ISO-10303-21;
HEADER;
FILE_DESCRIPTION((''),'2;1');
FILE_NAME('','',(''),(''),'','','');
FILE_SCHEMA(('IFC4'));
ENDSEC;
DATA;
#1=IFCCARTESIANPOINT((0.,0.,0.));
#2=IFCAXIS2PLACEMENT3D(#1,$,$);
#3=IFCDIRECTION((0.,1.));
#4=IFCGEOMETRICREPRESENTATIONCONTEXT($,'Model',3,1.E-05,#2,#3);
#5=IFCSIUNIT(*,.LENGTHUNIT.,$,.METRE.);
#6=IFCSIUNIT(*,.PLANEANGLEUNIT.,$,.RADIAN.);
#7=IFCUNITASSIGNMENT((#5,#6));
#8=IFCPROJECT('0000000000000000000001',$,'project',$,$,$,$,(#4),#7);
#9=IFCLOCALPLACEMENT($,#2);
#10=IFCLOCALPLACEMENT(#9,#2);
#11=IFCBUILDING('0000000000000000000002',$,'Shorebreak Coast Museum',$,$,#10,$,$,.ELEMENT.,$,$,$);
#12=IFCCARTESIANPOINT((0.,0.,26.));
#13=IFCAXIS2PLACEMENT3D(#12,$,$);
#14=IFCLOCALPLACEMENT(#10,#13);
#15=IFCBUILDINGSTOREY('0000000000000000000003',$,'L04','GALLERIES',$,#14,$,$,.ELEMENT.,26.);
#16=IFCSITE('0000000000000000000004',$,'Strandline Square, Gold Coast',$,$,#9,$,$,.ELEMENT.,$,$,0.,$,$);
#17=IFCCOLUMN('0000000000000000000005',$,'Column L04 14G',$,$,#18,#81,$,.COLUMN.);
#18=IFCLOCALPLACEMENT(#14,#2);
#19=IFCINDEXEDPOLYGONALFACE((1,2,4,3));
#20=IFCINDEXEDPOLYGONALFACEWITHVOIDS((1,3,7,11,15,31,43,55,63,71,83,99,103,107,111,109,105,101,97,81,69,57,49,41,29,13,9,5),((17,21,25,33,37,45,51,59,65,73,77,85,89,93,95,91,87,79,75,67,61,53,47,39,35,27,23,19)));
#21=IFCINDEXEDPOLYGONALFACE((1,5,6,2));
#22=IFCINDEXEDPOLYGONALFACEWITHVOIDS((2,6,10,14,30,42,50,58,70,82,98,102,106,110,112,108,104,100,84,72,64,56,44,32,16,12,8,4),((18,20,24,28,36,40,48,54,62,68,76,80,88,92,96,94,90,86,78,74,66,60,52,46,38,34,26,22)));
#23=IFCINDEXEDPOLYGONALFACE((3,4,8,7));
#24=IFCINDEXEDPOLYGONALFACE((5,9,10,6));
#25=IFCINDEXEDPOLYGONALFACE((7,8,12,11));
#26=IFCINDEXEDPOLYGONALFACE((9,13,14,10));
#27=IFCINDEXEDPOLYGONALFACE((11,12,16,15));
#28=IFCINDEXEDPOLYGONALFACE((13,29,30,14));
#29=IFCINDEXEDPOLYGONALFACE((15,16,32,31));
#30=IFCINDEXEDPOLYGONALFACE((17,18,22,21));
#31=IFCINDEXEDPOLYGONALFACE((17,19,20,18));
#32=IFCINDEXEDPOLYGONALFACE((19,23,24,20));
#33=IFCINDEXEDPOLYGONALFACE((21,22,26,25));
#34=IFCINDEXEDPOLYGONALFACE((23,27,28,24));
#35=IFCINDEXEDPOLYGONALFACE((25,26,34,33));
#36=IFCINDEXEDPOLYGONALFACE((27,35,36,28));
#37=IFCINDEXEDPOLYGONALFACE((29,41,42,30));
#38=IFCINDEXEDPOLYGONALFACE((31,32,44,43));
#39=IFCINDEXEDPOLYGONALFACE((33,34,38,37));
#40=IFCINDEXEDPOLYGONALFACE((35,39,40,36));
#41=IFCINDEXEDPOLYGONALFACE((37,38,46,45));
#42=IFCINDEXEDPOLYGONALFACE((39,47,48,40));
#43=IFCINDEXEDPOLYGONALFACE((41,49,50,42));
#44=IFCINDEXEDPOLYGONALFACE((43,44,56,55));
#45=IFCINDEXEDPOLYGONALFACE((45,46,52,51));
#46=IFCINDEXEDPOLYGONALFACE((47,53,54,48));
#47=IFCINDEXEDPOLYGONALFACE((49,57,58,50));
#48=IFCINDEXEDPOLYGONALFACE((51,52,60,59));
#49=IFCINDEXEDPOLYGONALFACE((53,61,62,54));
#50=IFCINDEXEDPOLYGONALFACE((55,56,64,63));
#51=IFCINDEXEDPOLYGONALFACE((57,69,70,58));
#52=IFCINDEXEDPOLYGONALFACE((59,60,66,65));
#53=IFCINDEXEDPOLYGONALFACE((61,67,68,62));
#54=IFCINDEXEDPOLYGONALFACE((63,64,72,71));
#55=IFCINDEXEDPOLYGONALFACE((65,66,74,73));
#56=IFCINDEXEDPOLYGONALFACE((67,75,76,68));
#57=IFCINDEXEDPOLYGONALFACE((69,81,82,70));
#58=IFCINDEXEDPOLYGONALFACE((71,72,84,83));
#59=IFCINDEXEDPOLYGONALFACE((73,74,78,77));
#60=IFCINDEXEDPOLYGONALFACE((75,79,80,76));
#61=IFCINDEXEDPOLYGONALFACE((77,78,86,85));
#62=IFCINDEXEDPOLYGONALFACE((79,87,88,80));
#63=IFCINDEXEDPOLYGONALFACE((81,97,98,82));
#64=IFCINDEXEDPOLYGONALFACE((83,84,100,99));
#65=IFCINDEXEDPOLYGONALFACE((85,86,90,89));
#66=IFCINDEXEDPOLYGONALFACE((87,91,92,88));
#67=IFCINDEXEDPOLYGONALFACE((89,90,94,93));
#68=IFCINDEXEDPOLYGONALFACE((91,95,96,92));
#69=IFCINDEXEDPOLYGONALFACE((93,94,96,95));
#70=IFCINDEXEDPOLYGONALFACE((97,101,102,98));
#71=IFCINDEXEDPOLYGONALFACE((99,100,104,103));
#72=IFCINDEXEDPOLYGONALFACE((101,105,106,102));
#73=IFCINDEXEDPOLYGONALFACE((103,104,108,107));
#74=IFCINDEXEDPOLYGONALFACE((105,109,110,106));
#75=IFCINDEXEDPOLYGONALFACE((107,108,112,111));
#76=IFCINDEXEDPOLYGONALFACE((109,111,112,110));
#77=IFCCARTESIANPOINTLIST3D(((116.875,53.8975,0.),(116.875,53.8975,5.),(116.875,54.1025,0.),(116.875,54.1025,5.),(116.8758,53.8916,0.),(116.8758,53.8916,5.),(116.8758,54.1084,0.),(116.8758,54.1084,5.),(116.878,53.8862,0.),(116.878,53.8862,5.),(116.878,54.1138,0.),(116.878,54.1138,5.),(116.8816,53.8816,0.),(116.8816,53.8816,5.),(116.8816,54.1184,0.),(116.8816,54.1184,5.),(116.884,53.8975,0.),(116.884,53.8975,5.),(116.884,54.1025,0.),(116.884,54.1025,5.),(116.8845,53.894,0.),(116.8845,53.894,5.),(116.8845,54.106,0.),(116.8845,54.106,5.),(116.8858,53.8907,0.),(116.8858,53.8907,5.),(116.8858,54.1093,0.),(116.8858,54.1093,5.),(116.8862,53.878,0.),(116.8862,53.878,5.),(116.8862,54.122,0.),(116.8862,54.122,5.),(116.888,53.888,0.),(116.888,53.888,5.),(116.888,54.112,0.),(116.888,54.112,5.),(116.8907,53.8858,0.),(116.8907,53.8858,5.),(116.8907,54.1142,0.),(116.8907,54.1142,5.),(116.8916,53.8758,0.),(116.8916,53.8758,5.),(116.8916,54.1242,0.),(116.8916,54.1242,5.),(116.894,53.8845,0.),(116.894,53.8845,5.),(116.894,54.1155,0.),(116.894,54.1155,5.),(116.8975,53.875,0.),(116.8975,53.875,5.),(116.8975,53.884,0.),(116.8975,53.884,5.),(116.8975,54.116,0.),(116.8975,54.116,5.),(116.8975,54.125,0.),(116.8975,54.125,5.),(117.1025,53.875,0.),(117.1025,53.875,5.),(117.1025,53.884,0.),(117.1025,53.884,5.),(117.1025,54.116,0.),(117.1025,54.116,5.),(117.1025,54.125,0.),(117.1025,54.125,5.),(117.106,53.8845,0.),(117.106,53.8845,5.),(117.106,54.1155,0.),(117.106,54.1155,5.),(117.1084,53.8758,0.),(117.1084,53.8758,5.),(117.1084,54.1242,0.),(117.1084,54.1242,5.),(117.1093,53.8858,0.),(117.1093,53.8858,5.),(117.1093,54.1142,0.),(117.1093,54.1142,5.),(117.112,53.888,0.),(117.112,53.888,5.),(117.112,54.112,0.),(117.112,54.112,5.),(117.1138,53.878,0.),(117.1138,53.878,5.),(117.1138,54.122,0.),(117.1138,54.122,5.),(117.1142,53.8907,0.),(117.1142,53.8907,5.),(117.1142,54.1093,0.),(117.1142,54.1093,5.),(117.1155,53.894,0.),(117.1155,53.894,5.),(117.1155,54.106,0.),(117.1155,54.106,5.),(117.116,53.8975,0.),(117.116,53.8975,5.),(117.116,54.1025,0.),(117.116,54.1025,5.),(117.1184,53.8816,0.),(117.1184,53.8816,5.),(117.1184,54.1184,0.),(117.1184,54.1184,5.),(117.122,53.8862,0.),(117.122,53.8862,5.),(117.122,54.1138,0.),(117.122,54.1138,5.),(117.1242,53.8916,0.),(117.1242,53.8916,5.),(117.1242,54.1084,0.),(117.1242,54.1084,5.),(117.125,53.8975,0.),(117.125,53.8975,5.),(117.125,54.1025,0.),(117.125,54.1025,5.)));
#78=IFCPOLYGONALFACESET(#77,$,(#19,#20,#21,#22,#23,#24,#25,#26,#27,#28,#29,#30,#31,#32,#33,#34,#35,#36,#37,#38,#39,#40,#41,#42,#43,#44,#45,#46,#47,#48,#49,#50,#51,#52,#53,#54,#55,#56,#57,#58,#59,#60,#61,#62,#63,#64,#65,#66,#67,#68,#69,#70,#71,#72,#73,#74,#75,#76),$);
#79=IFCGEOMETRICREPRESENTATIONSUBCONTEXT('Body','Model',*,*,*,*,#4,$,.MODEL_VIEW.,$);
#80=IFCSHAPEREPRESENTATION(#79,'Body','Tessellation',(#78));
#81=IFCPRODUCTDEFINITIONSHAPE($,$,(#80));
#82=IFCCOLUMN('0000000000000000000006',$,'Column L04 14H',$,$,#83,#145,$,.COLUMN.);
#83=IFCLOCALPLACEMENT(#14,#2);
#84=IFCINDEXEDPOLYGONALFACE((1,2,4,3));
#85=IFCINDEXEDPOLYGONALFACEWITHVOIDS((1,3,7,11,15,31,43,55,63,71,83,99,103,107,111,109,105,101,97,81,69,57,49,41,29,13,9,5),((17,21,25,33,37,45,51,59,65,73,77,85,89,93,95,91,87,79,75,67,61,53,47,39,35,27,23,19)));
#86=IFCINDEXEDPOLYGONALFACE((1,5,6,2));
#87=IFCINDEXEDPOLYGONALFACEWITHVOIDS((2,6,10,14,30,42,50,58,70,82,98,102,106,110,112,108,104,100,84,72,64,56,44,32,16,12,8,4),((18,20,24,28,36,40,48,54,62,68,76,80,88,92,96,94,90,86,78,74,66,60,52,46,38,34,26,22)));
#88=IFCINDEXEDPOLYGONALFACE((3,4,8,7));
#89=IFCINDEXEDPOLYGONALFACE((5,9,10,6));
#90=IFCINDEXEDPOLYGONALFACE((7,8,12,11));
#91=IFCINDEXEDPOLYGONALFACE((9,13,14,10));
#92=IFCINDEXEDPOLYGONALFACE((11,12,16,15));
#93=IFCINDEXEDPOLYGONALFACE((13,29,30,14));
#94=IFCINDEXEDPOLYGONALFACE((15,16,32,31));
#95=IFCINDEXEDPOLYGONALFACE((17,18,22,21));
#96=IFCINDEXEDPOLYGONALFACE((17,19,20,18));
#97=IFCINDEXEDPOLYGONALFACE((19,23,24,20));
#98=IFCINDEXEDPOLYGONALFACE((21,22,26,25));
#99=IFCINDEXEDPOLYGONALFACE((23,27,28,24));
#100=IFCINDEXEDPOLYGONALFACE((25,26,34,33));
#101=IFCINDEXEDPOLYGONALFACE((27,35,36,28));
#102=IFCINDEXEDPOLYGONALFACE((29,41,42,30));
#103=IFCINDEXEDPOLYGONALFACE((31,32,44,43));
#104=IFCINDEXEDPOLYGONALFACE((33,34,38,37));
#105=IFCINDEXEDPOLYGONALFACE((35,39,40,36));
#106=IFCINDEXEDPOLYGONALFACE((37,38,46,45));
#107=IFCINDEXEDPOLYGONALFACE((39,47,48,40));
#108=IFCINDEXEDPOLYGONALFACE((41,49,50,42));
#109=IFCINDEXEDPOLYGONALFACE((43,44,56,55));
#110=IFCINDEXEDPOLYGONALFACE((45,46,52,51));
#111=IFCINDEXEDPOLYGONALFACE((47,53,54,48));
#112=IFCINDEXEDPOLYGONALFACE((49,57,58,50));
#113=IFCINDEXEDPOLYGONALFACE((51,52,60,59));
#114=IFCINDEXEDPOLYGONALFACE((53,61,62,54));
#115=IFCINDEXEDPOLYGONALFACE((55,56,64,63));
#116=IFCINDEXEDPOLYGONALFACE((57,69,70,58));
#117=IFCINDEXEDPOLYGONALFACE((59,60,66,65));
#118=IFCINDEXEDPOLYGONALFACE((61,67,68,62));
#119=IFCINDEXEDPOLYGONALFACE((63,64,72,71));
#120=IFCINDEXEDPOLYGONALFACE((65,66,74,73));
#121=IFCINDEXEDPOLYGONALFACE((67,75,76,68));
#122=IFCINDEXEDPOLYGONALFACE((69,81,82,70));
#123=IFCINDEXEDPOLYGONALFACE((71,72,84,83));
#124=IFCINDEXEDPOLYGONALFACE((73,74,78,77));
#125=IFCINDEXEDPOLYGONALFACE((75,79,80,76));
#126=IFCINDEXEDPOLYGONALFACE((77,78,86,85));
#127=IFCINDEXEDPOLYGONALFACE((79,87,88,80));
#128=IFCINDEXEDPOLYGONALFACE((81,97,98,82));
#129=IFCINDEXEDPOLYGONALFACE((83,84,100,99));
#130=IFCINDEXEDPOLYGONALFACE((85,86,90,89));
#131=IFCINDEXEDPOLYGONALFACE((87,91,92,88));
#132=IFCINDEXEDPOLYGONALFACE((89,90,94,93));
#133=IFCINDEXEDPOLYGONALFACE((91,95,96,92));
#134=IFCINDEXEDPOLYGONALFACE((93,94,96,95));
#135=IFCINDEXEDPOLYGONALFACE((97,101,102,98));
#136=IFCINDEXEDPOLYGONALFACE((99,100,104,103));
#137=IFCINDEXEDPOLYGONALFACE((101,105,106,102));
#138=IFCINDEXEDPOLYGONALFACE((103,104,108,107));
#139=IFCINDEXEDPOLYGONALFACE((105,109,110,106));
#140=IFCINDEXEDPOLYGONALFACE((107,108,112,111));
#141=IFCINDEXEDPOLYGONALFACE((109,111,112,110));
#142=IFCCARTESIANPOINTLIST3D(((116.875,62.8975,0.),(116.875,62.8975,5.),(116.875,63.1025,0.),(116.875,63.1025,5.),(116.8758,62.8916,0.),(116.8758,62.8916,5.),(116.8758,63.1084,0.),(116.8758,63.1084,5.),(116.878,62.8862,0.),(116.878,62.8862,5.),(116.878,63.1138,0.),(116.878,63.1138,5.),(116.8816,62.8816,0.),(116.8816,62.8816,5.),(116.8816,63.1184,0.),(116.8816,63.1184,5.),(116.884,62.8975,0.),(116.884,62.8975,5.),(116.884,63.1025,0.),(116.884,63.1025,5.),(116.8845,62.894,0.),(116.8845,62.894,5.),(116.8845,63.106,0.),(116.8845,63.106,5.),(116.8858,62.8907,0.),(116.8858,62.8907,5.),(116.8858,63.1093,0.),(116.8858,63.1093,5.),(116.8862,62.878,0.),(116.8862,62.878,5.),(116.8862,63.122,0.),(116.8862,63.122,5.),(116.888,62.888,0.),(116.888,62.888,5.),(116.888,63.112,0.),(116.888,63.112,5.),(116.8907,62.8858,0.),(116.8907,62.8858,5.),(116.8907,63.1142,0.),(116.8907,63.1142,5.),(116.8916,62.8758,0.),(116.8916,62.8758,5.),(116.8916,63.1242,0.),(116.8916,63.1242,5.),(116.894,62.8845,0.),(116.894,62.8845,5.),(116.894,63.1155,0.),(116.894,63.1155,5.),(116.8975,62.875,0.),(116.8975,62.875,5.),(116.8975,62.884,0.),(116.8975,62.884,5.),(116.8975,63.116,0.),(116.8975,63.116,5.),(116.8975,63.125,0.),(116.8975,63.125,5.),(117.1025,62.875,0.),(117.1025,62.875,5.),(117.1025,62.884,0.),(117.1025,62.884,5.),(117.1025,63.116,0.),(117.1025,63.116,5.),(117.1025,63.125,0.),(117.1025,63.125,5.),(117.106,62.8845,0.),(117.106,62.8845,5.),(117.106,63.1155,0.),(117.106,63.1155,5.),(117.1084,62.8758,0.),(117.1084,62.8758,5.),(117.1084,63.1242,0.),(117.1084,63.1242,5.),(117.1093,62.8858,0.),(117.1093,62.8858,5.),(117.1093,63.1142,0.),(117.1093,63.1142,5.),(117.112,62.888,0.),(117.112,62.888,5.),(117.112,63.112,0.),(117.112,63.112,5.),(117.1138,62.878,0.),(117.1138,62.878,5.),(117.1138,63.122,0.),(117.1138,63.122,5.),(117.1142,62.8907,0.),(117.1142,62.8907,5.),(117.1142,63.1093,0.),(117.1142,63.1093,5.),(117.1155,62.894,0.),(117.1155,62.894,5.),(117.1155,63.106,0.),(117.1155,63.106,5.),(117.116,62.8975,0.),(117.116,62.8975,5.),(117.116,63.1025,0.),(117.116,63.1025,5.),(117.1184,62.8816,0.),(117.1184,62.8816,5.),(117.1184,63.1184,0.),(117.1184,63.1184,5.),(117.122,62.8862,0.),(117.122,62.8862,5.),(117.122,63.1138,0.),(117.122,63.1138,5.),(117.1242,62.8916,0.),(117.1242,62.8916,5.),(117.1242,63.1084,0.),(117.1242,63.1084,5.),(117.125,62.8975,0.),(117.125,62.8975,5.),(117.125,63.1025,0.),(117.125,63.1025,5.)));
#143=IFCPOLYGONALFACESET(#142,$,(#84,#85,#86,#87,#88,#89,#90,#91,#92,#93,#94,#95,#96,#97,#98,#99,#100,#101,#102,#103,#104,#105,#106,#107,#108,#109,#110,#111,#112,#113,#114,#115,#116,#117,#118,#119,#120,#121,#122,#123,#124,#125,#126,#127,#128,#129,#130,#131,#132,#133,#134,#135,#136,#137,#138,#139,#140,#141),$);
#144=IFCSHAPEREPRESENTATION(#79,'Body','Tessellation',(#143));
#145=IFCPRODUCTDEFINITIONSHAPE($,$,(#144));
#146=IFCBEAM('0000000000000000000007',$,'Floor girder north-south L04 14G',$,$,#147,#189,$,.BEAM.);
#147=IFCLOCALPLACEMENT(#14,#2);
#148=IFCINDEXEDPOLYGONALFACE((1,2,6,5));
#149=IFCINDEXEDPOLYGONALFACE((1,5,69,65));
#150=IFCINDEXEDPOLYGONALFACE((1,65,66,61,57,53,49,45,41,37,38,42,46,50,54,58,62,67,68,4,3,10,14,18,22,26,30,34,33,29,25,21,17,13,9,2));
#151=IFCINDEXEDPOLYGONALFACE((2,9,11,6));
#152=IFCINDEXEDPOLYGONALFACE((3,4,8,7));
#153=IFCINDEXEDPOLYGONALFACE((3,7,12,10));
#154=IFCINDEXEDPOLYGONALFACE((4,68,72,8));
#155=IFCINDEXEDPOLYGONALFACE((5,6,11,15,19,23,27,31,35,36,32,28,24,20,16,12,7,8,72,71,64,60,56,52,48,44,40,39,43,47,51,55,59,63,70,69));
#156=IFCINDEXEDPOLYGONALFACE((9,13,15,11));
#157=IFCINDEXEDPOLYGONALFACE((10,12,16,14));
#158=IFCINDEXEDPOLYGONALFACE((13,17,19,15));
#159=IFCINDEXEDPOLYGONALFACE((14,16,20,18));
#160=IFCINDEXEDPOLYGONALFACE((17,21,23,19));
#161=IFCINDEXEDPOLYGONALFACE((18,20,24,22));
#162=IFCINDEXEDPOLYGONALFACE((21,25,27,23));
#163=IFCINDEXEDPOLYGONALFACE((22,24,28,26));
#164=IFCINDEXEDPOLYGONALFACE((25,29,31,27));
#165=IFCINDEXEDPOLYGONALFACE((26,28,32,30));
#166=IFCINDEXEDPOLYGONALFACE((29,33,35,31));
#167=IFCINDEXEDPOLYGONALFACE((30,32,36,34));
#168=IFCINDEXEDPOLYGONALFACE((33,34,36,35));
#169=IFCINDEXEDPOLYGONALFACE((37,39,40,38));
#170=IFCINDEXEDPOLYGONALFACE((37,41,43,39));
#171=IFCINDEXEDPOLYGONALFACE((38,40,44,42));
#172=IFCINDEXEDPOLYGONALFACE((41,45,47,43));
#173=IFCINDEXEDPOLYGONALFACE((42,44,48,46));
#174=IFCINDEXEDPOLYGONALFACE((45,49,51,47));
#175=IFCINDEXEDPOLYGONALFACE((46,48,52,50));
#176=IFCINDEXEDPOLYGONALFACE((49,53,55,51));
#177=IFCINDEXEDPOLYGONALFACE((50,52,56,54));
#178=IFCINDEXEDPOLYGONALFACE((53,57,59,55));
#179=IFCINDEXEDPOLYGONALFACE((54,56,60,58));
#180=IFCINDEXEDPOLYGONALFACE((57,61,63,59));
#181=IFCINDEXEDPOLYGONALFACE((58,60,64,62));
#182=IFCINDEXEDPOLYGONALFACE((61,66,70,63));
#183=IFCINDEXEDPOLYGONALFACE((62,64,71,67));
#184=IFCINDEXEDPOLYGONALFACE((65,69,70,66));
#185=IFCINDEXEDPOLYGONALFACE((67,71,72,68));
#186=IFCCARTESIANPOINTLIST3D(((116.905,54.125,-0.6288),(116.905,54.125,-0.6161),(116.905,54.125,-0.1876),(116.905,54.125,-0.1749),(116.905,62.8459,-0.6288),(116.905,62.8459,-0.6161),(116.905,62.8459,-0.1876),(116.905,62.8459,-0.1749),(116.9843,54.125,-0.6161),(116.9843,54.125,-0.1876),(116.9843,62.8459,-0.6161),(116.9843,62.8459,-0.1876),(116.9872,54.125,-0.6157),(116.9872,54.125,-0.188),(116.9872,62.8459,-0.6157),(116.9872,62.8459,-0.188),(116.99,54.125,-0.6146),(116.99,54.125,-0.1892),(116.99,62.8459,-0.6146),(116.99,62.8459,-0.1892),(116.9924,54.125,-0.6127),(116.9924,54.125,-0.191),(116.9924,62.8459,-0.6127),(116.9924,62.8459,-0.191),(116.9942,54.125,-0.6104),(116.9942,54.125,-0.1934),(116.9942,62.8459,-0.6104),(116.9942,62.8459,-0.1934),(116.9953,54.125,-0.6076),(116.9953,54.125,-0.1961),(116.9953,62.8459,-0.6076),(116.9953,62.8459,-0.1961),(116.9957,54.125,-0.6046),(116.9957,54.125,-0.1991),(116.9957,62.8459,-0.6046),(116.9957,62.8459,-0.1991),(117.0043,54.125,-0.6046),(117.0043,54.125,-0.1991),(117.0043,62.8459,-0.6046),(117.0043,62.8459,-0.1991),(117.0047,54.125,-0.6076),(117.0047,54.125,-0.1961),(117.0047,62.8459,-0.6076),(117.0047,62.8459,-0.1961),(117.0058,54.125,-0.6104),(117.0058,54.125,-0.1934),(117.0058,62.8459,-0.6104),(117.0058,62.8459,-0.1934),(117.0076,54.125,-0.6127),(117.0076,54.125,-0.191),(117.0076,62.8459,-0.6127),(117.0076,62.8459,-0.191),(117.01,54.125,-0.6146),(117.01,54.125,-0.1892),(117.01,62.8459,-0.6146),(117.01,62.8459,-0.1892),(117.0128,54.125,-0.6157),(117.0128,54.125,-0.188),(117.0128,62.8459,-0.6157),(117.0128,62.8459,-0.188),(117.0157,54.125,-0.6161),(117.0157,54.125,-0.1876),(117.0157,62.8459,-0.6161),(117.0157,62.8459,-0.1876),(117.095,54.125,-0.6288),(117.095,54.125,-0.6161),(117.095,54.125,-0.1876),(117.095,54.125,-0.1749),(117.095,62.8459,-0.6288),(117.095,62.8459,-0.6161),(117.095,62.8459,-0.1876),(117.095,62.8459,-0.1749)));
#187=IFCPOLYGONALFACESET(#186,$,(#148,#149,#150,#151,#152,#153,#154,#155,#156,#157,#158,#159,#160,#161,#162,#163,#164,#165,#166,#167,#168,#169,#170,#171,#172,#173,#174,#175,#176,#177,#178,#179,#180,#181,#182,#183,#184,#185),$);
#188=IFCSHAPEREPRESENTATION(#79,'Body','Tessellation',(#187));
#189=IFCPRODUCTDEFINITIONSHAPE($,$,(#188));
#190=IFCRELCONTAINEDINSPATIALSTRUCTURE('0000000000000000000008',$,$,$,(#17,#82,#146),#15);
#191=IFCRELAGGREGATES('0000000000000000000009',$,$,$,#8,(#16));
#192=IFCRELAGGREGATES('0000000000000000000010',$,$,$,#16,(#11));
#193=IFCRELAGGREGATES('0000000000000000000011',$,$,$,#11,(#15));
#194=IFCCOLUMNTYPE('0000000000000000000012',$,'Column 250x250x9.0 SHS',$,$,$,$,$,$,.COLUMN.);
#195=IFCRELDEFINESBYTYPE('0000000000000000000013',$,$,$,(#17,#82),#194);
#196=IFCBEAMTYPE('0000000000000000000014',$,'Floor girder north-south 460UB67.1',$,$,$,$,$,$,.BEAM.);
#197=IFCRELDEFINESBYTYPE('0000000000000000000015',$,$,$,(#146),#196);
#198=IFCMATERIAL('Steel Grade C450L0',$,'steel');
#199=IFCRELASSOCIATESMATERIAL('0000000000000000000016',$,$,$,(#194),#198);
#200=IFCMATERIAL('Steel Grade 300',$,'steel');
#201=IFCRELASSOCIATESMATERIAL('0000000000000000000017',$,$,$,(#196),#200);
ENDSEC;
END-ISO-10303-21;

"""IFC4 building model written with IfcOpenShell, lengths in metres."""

from ifc_helpers import new_model, si_unit, direction, frame, origin, origin_2d, place, context, subcontext, project, spatial, hollow_rectangle, i_section, extrude, material, material_profile, profile_set, type_object, element, save


model = new_model("IFC4")

# Units and contexts
model_context = context("Model", 3, precision=1e-05, world=origin(), true_north=direction((0.0, 1.0)))
body_context = subcontext(model_context, "Body", "Model", "MODEL_VIEW")
ifc_project = project(units=[si_unit("LENGTHUNIT", "METRE"), si_unit("PLANEANGLEUNIT", "RADIAN")], contexts=[model_context])

# Site, building, storey
site_placement = place(None, origin())
site = spatial("IfcSite", under=ifc_project, at=site_placement, Name="Strandline Square, Gold Coast", CompositionType="ELEMENT", RefElevation=0.0)
building_placement = place(site_placement, origin())
building = spatial("IfcBuilding", under=site, at=building_placement, Name="Shorebreak Coast Museum", CompositionType="ELEMENT")
storey_placement = place(building_placement, frame((0.0, 0.0, 26.0)))
storey = spatial("IfcBuildingStorey", under=building, at=storey_placement, Name="L04", Description="GALLERIES", CompositionType="ELEMENT", Elevation=26.0)

# Columns
ifc_material_1 = material(Name="Steel Grade C450L0", Category="steel")
ifc_material_profile_1 = material_profile(ifc_material_1, hollow_rectangle(XDim=0.25, YDim=0.25, WallThickness=0.009, InnerFilletRadius=0.0134, OuterFilletRadius=0.0225, at=origin_2d()), Name="250x250x9.0 SHS")
ifc_profile_set_1 = profile_set([ifc_material_profile_1], Name="Steel Grade C450L0")
column_type = type_object("IfcColumnType", Name="Column 250x250x9.0 SHS", PredefinedType="COLUMN", material=ifc_profile_set_1)
for number, where, z_axis, x_axis, name in (
    (1, (117.0, 54.0, 0.0), (0.0, 0.0, 1.0), (1.0, 0.0, 0.0), "Column L04 14G"),
    (2, (117.0, 63.0, 0.0), (0.0, 0.0, 1.0), (1.0, 0.0, 0.0), "Column L04 14H"),
):
    element("IfcColumn", number, at=place(storey_placement, frame(where, z_axis=z_axis, x_axis=x_axis)), inside=storey, type_object=column_type, Name=name, PredefinedType="COLUMN", context=body_context, shape_type="SweptSolid", body=[
        extrude(hollow_rectangle(XDim=0.25, YDim=0.25, WallThickness=0.009, InnerFilletRadius=0.0134, OuterFilletRadius=0.0225, at=origin_2d()), origin(), (0.0, 0.0, 1.0), 5.0),
    ])

# Beam
ifc_material_2 = material(Name="Steel Grade 300", Category="steel")
ifc_material_profile_2 = material_profile(ifc_material_2, i_section(OverallWidth=0.1899, OverallDepth=0.4539, WebThickness=0.0085, FlangeThickness=0.0127, FilletRadius=0.0115, at=origin_2d()), Name="460UB67.1")
ifc_profile_set_2 = profile_set([ifc_material_profile_2], Name="Steel Grade 300")
beam_type = type_object("IfcBeamType", Name="Floor girder north-south 460UB67.1", PredefinedType="BEAM", material=ifc_profile_set_2)
beam_placement = place(storey_placement, frame((117.0, 54.125, -0.4019), z_axis=(0.0, 1.0, 0.0), x_axis=(-1.0, 0.0, 0.0)))
element("IfcBeam", 3, at=beam_placement, inside=storey, type_object=beam_type, Name="Floor girder north-south L04 14G", PredefinedType="BEAM", context=body_context, shape_type="SweptSolid", body=[
    extrude(i_section(OverallWidth=0.1899, OverallDepth=0.4539, WebThickness=0.0085, FlangeThickness=0.0127, FilletRadius=0.0115, at=origin_2d()), origin(), (0.0, 0.0, 1.0), 8.7209),
])

save(model, "model.ifc")
